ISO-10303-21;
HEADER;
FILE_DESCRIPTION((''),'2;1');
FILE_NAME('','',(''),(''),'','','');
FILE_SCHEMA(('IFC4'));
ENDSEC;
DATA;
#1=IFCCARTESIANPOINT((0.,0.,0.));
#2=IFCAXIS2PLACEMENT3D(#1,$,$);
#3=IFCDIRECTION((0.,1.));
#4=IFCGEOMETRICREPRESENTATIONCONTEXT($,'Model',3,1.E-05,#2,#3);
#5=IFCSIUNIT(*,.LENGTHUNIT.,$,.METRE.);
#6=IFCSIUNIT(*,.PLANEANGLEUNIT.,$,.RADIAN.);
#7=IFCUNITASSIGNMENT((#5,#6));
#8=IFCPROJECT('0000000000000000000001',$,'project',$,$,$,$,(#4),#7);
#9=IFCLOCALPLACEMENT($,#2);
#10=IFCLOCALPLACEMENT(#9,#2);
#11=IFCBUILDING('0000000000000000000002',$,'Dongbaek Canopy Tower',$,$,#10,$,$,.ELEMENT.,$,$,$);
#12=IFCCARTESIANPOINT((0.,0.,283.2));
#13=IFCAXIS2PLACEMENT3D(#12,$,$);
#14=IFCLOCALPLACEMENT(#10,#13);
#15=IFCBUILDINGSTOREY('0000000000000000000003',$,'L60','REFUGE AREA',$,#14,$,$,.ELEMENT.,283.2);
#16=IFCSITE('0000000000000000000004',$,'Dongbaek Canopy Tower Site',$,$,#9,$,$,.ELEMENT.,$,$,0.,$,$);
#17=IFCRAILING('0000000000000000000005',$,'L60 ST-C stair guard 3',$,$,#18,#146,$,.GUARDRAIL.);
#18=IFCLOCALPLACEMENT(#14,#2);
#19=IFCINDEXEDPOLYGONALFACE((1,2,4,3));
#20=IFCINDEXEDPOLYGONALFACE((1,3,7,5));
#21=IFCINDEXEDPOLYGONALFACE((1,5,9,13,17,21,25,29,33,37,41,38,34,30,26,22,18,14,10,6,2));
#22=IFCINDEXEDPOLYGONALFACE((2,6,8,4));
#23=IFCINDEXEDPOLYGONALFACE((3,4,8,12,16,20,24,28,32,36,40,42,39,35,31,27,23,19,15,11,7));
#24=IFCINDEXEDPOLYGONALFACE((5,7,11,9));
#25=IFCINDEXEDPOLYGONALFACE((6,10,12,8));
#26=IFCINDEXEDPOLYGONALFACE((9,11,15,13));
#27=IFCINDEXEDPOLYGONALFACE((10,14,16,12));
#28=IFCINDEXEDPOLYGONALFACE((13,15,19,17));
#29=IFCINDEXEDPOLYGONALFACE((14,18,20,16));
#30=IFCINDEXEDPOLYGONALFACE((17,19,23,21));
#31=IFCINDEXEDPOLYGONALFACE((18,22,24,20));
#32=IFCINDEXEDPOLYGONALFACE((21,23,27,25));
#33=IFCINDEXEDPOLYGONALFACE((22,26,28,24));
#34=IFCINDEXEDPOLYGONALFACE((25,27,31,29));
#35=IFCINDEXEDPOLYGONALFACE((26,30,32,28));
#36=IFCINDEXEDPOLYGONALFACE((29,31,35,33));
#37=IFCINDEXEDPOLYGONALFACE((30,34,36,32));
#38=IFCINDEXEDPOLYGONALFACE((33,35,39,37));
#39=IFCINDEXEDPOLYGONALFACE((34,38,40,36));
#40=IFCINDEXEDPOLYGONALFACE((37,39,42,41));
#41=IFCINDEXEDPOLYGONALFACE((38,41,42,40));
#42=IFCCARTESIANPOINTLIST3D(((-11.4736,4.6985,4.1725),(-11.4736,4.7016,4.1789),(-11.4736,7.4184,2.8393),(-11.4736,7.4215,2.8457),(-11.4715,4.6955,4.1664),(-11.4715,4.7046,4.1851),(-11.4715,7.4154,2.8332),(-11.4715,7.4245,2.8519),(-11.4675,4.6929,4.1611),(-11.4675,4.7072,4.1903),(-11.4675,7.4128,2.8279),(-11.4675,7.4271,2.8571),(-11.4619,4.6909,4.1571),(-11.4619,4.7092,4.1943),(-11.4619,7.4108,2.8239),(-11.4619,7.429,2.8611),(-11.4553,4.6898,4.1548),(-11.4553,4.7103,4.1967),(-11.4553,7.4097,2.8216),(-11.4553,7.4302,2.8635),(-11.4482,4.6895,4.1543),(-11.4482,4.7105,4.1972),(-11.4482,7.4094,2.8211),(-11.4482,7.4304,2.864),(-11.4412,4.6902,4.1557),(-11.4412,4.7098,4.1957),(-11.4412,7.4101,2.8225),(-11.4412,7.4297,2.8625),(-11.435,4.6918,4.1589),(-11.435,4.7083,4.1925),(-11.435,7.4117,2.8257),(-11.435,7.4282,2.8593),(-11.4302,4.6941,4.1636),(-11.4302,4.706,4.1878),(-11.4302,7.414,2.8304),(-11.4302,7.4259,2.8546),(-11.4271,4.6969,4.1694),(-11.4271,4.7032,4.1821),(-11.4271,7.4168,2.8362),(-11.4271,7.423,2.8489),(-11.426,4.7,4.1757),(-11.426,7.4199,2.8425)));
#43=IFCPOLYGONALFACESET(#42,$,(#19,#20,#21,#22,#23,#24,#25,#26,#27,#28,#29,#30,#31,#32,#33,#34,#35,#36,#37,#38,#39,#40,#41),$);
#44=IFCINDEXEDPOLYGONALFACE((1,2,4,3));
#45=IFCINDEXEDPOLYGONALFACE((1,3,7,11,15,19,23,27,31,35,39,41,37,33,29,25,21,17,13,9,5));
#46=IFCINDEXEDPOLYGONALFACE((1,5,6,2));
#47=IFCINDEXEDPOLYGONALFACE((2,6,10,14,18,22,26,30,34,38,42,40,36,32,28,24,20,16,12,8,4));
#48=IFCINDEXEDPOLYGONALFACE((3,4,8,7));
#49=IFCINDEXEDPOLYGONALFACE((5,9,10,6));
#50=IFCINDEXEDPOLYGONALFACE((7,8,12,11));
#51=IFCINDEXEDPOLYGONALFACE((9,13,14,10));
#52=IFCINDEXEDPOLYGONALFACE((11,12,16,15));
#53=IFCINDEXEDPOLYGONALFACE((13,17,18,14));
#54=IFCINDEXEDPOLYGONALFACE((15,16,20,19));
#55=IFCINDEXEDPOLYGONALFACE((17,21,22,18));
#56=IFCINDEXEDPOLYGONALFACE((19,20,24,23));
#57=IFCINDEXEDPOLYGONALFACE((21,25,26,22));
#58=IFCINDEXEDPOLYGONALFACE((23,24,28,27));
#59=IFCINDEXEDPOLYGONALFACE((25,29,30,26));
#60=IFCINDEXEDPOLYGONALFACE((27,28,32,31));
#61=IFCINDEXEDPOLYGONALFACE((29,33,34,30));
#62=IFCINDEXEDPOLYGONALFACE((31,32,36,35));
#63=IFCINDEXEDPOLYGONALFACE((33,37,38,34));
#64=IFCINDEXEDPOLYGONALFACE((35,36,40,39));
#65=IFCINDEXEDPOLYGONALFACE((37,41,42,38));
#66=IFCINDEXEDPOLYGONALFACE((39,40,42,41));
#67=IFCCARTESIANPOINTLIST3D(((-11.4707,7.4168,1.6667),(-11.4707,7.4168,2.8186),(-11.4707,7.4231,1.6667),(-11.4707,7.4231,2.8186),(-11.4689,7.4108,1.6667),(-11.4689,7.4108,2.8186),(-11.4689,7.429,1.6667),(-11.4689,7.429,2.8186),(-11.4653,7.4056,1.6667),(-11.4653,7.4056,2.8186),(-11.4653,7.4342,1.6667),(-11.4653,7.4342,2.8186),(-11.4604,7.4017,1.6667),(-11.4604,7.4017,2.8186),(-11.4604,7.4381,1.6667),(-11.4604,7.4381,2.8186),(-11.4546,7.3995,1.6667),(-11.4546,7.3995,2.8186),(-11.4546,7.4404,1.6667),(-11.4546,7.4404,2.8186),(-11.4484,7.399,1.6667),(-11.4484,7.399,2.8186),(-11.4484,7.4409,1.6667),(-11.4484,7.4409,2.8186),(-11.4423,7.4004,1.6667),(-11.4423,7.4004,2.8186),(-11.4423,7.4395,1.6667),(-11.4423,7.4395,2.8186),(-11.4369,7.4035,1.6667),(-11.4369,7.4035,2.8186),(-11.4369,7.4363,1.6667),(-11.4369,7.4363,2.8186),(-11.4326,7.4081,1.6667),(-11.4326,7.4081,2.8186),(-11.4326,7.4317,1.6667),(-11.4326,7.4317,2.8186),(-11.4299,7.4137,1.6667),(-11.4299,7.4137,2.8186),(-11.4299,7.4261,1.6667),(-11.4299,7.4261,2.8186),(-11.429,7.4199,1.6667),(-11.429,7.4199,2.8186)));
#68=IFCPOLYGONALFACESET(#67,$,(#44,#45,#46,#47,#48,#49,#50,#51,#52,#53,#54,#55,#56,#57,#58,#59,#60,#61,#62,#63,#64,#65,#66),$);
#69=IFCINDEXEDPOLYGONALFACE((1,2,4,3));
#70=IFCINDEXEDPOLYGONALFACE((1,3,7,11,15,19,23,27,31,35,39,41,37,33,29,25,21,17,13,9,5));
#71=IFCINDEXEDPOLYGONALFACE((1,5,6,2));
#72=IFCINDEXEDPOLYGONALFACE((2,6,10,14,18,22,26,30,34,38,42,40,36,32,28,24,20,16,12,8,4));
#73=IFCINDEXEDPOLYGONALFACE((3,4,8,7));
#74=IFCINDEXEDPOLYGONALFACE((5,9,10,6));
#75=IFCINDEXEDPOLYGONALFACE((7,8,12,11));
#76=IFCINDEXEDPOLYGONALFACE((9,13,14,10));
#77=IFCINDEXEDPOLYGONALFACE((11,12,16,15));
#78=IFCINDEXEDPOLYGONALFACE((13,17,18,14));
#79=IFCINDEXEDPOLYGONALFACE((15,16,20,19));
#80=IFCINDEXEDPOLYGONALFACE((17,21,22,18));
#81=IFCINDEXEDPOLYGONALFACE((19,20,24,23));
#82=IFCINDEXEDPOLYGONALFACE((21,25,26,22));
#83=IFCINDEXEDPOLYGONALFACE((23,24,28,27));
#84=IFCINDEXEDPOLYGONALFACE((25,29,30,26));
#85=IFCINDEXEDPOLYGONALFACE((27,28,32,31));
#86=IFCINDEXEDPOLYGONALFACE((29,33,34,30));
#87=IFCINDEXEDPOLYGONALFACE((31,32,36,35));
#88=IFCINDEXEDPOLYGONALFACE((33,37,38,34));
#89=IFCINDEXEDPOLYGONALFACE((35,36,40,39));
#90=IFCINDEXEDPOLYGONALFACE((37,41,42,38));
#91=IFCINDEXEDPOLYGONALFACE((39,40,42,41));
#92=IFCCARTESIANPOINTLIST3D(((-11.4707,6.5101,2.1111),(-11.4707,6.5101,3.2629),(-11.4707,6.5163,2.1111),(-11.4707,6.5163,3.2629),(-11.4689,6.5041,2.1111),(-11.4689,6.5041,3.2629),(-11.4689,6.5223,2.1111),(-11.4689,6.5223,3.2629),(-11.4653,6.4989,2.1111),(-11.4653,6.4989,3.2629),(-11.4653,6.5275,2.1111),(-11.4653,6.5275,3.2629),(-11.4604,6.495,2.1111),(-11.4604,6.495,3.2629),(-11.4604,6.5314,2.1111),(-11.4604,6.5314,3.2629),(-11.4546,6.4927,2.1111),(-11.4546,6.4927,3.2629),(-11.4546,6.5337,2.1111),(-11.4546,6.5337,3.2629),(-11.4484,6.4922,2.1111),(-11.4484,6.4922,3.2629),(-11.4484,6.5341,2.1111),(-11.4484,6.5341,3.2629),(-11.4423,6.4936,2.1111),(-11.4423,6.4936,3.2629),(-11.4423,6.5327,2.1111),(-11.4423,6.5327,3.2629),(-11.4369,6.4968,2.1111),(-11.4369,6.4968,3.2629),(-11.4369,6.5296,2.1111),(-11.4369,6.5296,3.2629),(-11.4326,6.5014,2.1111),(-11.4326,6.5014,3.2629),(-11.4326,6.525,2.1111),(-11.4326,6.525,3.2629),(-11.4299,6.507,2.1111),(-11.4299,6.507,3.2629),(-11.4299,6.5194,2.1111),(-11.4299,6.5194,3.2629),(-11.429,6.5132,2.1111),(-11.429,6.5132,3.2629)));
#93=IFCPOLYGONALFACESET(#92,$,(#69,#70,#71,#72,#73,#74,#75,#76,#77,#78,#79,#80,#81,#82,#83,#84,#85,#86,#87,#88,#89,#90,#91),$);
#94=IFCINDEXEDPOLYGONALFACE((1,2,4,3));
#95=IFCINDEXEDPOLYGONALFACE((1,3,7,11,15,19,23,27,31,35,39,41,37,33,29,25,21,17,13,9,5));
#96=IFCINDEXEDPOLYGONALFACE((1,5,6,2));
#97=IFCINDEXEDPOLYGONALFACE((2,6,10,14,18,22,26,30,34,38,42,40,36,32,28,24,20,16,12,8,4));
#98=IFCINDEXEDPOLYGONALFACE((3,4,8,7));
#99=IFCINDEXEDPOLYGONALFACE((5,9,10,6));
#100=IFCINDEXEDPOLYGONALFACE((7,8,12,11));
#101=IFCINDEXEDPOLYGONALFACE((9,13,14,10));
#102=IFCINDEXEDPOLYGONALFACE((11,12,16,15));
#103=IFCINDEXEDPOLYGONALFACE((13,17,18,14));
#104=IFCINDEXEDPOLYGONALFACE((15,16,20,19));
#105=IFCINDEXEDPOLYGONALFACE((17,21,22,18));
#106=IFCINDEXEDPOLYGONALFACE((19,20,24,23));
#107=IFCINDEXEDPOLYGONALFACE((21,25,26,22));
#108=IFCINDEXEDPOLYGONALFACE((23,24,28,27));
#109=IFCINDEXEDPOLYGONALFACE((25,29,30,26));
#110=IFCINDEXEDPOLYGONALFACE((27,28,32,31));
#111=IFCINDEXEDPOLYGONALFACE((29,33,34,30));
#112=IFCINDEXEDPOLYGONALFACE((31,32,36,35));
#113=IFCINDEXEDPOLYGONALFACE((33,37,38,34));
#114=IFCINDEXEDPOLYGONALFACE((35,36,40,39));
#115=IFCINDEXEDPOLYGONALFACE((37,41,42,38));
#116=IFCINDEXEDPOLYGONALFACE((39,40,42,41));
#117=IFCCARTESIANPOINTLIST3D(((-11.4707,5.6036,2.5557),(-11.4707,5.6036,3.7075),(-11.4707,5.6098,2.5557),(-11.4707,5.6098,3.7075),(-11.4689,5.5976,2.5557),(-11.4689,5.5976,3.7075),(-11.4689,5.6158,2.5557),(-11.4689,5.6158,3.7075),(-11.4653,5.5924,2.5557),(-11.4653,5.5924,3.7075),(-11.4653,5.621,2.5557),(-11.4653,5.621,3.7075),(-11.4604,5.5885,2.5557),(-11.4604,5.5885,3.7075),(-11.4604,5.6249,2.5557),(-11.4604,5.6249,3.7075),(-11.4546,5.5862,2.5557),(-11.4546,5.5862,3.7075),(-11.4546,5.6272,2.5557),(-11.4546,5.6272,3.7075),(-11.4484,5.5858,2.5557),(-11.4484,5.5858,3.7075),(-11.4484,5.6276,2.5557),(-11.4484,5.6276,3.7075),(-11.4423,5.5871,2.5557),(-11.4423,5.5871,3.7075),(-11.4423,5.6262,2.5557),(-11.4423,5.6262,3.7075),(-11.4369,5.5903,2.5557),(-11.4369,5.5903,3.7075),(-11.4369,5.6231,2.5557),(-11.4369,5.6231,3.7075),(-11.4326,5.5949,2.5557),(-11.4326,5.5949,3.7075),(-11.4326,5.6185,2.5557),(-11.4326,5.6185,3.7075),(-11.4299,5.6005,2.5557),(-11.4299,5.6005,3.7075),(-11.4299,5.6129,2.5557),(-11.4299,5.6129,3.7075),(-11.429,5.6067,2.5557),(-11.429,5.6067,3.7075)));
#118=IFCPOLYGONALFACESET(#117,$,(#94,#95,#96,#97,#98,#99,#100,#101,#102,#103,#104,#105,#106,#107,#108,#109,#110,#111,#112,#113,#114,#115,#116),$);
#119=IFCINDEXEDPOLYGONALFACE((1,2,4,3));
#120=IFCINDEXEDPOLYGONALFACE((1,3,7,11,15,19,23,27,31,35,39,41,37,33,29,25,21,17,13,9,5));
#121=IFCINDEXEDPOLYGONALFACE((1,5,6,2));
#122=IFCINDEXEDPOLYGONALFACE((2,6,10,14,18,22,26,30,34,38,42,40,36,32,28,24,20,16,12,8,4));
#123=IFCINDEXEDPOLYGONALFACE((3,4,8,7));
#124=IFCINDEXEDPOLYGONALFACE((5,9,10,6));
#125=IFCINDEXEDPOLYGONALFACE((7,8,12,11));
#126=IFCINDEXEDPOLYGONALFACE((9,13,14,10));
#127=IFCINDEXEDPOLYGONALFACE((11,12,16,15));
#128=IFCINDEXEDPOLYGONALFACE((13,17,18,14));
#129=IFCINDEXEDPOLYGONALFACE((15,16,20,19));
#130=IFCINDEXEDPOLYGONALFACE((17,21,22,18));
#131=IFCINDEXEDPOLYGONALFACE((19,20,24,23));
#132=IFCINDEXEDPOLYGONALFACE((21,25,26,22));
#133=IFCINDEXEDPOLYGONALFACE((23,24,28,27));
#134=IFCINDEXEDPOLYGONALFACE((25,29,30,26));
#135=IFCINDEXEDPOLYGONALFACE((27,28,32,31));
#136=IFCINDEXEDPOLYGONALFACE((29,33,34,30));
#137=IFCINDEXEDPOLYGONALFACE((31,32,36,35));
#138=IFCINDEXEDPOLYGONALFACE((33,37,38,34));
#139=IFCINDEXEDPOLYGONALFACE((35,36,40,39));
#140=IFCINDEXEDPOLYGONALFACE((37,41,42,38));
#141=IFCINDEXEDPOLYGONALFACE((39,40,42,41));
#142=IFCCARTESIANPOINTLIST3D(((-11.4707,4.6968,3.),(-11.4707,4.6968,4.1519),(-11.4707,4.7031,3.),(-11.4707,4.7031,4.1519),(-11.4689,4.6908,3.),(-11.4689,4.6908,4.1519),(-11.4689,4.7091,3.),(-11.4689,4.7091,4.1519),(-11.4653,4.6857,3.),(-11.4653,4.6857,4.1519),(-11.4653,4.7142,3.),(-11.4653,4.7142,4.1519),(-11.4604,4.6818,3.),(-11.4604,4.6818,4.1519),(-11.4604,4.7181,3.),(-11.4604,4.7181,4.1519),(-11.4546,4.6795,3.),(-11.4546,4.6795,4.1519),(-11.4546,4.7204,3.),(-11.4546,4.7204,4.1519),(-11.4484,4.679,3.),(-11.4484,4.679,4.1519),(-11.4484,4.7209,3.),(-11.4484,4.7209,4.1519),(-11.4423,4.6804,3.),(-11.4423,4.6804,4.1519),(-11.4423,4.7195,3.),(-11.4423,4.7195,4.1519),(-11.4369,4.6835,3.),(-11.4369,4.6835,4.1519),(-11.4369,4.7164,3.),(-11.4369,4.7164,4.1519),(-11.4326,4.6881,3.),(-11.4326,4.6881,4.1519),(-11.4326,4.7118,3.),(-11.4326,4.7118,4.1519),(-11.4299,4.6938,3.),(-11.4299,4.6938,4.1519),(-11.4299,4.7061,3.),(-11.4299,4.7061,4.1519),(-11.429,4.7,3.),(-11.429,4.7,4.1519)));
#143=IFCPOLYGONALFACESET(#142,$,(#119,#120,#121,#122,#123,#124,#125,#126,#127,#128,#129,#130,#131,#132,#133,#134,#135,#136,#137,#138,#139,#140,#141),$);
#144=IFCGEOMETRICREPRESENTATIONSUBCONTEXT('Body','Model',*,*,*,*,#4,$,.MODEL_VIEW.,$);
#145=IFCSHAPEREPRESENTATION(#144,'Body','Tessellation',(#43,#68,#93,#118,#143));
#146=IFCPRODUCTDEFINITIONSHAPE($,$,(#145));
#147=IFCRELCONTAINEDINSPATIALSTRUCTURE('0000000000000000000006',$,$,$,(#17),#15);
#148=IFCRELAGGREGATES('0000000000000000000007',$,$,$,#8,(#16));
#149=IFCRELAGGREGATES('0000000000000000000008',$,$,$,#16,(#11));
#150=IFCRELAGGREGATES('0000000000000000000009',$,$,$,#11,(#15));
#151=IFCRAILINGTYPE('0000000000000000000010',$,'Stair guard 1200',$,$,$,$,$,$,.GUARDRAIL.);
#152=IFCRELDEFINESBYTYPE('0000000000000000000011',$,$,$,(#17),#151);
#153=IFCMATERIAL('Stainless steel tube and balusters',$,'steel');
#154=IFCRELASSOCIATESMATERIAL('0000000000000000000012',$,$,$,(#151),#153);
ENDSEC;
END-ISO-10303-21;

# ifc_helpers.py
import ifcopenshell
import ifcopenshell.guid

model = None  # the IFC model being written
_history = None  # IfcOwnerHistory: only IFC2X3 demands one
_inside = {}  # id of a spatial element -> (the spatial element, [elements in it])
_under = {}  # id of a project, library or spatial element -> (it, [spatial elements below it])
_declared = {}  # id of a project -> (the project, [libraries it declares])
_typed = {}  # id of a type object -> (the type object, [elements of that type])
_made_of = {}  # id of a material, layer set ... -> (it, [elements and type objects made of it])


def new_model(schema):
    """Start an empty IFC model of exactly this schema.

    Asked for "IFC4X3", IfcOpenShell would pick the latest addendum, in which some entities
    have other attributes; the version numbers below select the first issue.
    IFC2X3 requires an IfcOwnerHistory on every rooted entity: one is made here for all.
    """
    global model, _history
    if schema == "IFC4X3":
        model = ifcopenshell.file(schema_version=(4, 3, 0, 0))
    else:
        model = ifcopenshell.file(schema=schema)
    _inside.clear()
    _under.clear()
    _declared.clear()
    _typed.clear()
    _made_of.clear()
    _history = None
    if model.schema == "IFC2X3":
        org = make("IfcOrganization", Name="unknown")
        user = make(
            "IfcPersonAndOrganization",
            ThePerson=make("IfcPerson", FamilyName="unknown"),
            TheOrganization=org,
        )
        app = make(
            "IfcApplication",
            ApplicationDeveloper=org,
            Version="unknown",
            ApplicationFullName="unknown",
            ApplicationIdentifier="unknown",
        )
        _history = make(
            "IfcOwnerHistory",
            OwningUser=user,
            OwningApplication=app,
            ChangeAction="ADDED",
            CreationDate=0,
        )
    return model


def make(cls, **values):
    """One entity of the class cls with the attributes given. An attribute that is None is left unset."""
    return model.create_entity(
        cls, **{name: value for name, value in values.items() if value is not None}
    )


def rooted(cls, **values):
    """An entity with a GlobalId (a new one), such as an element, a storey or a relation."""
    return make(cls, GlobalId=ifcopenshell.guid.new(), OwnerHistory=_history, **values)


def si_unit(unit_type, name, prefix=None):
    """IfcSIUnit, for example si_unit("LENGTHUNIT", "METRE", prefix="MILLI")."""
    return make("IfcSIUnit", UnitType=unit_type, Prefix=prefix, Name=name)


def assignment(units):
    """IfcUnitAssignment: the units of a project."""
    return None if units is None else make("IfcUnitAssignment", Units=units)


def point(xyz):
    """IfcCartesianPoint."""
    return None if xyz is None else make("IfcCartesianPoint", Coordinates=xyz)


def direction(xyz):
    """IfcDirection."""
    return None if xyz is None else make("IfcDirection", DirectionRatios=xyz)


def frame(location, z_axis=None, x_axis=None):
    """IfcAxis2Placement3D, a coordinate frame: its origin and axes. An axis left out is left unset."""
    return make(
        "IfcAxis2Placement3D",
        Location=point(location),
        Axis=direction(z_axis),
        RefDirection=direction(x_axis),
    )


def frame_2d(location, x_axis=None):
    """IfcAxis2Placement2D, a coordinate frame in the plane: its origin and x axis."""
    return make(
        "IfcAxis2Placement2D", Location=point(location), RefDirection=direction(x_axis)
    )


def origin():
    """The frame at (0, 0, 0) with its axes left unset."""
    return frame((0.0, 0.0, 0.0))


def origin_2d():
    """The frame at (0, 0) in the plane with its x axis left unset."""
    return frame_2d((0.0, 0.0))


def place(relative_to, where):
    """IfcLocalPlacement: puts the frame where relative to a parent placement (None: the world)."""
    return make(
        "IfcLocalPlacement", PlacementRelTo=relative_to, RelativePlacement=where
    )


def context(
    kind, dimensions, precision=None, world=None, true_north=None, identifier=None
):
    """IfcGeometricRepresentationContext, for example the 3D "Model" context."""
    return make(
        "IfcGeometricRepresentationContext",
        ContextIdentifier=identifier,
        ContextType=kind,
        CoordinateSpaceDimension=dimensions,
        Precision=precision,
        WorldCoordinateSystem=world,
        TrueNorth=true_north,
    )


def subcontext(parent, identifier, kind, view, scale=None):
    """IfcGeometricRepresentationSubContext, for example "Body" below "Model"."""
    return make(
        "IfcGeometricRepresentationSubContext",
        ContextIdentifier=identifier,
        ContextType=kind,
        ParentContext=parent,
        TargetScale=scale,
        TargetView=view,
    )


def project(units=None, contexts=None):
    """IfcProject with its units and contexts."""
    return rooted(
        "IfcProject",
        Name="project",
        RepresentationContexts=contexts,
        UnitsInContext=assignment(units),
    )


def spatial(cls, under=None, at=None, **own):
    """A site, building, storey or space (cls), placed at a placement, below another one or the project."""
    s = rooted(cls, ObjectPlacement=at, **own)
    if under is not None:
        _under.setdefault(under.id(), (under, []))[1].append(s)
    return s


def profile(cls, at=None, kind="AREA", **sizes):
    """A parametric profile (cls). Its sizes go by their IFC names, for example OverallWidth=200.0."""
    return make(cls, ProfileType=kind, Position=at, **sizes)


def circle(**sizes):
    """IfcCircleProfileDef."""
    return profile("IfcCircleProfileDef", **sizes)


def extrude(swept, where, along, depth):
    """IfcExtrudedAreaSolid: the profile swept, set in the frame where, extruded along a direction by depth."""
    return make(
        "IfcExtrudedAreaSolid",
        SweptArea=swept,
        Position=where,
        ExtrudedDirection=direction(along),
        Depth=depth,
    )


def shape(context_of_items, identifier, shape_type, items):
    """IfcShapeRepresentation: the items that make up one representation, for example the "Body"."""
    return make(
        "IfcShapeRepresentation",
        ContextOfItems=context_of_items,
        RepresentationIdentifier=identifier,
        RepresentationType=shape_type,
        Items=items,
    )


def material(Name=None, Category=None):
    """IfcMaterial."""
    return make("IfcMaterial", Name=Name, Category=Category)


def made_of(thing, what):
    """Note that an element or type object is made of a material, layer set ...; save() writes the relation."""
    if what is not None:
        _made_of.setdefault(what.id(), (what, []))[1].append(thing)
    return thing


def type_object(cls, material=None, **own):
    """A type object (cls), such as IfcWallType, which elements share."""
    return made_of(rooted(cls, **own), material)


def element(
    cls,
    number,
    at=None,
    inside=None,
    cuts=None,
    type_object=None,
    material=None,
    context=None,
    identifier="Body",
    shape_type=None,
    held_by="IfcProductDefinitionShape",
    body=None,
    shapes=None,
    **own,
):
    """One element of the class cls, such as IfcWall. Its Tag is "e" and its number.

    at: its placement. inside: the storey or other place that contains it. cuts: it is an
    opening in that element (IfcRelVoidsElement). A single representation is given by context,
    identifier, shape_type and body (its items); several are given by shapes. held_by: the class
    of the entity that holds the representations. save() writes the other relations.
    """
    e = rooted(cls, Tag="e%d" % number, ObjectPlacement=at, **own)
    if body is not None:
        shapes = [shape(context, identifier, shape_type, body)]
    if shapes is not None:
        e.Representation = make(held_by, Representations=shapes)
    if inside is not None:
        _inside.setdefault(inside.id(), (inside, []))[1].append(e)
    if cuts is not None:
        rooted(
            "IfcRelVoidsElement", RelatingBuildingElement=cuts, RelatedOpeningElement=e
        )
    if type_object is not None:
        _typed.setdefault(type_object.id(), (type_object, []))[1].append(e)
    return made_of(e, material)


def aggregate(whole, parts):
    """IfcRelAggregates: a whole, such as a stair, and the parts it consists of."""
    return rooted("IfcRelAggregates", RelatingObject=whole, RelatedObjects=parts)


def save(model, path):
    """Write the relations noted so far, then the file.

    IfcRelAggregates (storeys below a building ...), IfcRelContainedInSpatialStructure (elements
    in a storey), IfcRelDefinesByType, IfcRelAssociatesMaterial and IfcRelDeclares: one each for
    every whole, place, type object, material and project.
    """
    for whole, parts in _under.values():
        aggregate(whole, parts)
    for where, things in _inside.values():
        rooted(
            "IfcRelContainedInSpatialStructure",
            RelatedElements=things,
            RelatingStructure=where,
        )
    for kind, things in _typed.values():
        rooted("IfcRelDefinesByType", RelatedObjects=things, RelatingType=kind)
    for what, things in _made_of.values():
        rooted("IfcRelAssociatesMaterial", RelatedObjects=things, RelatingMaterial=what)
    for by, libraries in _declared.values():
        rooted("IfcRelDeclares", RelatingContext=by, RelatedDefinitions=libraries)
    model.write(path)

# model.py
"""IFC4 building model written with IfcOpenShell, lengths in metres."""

from ifc_helpers import new_model, si_unit, direction, frame, origin, origin_2d, place, context, subcontext, project, spatial, circle, extrude, material, type_object, element, save


model = new_model("IFC4")

# Units and contexts
model_context = context("Model", 3, precision=1e-05, world=origin(), true_north=direction((0.0, 1.0)))
body_context = subcontext(model_context, "Body", "Model", "MODEL_VIEW")
ifc_project = project(units=[si_unit("LENGTHUNIT", "METRE"), si_unit("PLANEANGLEUNIT", "RADIAN")], contexts=[model_context])

# Site, building, storey
site_placement = place(None, origin())
site = spatial("IfcSite", under=ifc_project, at=site_placement, Name="Dongbaek Canopy Tower Site", CompositionType="ELEMENT", RefElevation=0.0)
building_placement = place(site_placement, origin())
building = spatial("IfcBuilding", under=site, at=building_placement, Name="Dongbaek Canopy Tower", CompositionType="ELEMENT")
storey_placement = place(building_placement, frame((0.0, 0.0, 283.2)))
storey = spatial("IfcBuildingStorey", under=building, at=storey_placement, Name="L60", Description="REFUGE AREA", CompositionType="ELEMENT", Elevation=283.2)

# Railing
ifc_material_1 = material(Name="Stainless steel tube and balusters", Category="steel")
railing_type_1 = type_object("IfcRailingType", Name="Stair guard 1200", PredefinedType="GUARDRAIL", material=ifc_material_1)
railing_1_placement = place(storey_placement, frame((-11.45, 7.4199, 1.6667)))
element("IfcRailing", 1, at=railing_1_placement, inside=storey, type_object=railing_type_1, Name="L60 ST-C stair guard 3", PredefinedType="GUARDRAIL", context=body_context, shape_type="SweptSolid", body=[
    extrude(circle(Radius=0.0239, at=origin_2d()), frame((0.0, 0.0, 1.1758), z_axis=(0.0, -0.897929, 0.440139), x_axis=(1.0, 0.0, 0.0)), (0.0, 0.0, 1.0), 3.0291),
    extrude(circle(Radius=0.021, at=origin_2d()), origin(), (0.0, 0.0, 1.0), 1.1519),
    extrude(circle(Radius=0.021, at=origin_2d()), frame((0.0, -0.9067, 0.4443)), (0.0, 0.0, 1.0), 1.1519),
    extrude(circle(Radius=0.021, at=origin_2d()), frame((0.0, -1.8132, 0.8889)), (0.0, 0.0, 1.0), 1.1519),
    extrude(circle(Radius=0.021, at=origin_2d()), frame((0.0, -2.72, 1.3333)), (0.0, 0.0, 1.0), 1.1519),
])

save(model, "model.ifc")
